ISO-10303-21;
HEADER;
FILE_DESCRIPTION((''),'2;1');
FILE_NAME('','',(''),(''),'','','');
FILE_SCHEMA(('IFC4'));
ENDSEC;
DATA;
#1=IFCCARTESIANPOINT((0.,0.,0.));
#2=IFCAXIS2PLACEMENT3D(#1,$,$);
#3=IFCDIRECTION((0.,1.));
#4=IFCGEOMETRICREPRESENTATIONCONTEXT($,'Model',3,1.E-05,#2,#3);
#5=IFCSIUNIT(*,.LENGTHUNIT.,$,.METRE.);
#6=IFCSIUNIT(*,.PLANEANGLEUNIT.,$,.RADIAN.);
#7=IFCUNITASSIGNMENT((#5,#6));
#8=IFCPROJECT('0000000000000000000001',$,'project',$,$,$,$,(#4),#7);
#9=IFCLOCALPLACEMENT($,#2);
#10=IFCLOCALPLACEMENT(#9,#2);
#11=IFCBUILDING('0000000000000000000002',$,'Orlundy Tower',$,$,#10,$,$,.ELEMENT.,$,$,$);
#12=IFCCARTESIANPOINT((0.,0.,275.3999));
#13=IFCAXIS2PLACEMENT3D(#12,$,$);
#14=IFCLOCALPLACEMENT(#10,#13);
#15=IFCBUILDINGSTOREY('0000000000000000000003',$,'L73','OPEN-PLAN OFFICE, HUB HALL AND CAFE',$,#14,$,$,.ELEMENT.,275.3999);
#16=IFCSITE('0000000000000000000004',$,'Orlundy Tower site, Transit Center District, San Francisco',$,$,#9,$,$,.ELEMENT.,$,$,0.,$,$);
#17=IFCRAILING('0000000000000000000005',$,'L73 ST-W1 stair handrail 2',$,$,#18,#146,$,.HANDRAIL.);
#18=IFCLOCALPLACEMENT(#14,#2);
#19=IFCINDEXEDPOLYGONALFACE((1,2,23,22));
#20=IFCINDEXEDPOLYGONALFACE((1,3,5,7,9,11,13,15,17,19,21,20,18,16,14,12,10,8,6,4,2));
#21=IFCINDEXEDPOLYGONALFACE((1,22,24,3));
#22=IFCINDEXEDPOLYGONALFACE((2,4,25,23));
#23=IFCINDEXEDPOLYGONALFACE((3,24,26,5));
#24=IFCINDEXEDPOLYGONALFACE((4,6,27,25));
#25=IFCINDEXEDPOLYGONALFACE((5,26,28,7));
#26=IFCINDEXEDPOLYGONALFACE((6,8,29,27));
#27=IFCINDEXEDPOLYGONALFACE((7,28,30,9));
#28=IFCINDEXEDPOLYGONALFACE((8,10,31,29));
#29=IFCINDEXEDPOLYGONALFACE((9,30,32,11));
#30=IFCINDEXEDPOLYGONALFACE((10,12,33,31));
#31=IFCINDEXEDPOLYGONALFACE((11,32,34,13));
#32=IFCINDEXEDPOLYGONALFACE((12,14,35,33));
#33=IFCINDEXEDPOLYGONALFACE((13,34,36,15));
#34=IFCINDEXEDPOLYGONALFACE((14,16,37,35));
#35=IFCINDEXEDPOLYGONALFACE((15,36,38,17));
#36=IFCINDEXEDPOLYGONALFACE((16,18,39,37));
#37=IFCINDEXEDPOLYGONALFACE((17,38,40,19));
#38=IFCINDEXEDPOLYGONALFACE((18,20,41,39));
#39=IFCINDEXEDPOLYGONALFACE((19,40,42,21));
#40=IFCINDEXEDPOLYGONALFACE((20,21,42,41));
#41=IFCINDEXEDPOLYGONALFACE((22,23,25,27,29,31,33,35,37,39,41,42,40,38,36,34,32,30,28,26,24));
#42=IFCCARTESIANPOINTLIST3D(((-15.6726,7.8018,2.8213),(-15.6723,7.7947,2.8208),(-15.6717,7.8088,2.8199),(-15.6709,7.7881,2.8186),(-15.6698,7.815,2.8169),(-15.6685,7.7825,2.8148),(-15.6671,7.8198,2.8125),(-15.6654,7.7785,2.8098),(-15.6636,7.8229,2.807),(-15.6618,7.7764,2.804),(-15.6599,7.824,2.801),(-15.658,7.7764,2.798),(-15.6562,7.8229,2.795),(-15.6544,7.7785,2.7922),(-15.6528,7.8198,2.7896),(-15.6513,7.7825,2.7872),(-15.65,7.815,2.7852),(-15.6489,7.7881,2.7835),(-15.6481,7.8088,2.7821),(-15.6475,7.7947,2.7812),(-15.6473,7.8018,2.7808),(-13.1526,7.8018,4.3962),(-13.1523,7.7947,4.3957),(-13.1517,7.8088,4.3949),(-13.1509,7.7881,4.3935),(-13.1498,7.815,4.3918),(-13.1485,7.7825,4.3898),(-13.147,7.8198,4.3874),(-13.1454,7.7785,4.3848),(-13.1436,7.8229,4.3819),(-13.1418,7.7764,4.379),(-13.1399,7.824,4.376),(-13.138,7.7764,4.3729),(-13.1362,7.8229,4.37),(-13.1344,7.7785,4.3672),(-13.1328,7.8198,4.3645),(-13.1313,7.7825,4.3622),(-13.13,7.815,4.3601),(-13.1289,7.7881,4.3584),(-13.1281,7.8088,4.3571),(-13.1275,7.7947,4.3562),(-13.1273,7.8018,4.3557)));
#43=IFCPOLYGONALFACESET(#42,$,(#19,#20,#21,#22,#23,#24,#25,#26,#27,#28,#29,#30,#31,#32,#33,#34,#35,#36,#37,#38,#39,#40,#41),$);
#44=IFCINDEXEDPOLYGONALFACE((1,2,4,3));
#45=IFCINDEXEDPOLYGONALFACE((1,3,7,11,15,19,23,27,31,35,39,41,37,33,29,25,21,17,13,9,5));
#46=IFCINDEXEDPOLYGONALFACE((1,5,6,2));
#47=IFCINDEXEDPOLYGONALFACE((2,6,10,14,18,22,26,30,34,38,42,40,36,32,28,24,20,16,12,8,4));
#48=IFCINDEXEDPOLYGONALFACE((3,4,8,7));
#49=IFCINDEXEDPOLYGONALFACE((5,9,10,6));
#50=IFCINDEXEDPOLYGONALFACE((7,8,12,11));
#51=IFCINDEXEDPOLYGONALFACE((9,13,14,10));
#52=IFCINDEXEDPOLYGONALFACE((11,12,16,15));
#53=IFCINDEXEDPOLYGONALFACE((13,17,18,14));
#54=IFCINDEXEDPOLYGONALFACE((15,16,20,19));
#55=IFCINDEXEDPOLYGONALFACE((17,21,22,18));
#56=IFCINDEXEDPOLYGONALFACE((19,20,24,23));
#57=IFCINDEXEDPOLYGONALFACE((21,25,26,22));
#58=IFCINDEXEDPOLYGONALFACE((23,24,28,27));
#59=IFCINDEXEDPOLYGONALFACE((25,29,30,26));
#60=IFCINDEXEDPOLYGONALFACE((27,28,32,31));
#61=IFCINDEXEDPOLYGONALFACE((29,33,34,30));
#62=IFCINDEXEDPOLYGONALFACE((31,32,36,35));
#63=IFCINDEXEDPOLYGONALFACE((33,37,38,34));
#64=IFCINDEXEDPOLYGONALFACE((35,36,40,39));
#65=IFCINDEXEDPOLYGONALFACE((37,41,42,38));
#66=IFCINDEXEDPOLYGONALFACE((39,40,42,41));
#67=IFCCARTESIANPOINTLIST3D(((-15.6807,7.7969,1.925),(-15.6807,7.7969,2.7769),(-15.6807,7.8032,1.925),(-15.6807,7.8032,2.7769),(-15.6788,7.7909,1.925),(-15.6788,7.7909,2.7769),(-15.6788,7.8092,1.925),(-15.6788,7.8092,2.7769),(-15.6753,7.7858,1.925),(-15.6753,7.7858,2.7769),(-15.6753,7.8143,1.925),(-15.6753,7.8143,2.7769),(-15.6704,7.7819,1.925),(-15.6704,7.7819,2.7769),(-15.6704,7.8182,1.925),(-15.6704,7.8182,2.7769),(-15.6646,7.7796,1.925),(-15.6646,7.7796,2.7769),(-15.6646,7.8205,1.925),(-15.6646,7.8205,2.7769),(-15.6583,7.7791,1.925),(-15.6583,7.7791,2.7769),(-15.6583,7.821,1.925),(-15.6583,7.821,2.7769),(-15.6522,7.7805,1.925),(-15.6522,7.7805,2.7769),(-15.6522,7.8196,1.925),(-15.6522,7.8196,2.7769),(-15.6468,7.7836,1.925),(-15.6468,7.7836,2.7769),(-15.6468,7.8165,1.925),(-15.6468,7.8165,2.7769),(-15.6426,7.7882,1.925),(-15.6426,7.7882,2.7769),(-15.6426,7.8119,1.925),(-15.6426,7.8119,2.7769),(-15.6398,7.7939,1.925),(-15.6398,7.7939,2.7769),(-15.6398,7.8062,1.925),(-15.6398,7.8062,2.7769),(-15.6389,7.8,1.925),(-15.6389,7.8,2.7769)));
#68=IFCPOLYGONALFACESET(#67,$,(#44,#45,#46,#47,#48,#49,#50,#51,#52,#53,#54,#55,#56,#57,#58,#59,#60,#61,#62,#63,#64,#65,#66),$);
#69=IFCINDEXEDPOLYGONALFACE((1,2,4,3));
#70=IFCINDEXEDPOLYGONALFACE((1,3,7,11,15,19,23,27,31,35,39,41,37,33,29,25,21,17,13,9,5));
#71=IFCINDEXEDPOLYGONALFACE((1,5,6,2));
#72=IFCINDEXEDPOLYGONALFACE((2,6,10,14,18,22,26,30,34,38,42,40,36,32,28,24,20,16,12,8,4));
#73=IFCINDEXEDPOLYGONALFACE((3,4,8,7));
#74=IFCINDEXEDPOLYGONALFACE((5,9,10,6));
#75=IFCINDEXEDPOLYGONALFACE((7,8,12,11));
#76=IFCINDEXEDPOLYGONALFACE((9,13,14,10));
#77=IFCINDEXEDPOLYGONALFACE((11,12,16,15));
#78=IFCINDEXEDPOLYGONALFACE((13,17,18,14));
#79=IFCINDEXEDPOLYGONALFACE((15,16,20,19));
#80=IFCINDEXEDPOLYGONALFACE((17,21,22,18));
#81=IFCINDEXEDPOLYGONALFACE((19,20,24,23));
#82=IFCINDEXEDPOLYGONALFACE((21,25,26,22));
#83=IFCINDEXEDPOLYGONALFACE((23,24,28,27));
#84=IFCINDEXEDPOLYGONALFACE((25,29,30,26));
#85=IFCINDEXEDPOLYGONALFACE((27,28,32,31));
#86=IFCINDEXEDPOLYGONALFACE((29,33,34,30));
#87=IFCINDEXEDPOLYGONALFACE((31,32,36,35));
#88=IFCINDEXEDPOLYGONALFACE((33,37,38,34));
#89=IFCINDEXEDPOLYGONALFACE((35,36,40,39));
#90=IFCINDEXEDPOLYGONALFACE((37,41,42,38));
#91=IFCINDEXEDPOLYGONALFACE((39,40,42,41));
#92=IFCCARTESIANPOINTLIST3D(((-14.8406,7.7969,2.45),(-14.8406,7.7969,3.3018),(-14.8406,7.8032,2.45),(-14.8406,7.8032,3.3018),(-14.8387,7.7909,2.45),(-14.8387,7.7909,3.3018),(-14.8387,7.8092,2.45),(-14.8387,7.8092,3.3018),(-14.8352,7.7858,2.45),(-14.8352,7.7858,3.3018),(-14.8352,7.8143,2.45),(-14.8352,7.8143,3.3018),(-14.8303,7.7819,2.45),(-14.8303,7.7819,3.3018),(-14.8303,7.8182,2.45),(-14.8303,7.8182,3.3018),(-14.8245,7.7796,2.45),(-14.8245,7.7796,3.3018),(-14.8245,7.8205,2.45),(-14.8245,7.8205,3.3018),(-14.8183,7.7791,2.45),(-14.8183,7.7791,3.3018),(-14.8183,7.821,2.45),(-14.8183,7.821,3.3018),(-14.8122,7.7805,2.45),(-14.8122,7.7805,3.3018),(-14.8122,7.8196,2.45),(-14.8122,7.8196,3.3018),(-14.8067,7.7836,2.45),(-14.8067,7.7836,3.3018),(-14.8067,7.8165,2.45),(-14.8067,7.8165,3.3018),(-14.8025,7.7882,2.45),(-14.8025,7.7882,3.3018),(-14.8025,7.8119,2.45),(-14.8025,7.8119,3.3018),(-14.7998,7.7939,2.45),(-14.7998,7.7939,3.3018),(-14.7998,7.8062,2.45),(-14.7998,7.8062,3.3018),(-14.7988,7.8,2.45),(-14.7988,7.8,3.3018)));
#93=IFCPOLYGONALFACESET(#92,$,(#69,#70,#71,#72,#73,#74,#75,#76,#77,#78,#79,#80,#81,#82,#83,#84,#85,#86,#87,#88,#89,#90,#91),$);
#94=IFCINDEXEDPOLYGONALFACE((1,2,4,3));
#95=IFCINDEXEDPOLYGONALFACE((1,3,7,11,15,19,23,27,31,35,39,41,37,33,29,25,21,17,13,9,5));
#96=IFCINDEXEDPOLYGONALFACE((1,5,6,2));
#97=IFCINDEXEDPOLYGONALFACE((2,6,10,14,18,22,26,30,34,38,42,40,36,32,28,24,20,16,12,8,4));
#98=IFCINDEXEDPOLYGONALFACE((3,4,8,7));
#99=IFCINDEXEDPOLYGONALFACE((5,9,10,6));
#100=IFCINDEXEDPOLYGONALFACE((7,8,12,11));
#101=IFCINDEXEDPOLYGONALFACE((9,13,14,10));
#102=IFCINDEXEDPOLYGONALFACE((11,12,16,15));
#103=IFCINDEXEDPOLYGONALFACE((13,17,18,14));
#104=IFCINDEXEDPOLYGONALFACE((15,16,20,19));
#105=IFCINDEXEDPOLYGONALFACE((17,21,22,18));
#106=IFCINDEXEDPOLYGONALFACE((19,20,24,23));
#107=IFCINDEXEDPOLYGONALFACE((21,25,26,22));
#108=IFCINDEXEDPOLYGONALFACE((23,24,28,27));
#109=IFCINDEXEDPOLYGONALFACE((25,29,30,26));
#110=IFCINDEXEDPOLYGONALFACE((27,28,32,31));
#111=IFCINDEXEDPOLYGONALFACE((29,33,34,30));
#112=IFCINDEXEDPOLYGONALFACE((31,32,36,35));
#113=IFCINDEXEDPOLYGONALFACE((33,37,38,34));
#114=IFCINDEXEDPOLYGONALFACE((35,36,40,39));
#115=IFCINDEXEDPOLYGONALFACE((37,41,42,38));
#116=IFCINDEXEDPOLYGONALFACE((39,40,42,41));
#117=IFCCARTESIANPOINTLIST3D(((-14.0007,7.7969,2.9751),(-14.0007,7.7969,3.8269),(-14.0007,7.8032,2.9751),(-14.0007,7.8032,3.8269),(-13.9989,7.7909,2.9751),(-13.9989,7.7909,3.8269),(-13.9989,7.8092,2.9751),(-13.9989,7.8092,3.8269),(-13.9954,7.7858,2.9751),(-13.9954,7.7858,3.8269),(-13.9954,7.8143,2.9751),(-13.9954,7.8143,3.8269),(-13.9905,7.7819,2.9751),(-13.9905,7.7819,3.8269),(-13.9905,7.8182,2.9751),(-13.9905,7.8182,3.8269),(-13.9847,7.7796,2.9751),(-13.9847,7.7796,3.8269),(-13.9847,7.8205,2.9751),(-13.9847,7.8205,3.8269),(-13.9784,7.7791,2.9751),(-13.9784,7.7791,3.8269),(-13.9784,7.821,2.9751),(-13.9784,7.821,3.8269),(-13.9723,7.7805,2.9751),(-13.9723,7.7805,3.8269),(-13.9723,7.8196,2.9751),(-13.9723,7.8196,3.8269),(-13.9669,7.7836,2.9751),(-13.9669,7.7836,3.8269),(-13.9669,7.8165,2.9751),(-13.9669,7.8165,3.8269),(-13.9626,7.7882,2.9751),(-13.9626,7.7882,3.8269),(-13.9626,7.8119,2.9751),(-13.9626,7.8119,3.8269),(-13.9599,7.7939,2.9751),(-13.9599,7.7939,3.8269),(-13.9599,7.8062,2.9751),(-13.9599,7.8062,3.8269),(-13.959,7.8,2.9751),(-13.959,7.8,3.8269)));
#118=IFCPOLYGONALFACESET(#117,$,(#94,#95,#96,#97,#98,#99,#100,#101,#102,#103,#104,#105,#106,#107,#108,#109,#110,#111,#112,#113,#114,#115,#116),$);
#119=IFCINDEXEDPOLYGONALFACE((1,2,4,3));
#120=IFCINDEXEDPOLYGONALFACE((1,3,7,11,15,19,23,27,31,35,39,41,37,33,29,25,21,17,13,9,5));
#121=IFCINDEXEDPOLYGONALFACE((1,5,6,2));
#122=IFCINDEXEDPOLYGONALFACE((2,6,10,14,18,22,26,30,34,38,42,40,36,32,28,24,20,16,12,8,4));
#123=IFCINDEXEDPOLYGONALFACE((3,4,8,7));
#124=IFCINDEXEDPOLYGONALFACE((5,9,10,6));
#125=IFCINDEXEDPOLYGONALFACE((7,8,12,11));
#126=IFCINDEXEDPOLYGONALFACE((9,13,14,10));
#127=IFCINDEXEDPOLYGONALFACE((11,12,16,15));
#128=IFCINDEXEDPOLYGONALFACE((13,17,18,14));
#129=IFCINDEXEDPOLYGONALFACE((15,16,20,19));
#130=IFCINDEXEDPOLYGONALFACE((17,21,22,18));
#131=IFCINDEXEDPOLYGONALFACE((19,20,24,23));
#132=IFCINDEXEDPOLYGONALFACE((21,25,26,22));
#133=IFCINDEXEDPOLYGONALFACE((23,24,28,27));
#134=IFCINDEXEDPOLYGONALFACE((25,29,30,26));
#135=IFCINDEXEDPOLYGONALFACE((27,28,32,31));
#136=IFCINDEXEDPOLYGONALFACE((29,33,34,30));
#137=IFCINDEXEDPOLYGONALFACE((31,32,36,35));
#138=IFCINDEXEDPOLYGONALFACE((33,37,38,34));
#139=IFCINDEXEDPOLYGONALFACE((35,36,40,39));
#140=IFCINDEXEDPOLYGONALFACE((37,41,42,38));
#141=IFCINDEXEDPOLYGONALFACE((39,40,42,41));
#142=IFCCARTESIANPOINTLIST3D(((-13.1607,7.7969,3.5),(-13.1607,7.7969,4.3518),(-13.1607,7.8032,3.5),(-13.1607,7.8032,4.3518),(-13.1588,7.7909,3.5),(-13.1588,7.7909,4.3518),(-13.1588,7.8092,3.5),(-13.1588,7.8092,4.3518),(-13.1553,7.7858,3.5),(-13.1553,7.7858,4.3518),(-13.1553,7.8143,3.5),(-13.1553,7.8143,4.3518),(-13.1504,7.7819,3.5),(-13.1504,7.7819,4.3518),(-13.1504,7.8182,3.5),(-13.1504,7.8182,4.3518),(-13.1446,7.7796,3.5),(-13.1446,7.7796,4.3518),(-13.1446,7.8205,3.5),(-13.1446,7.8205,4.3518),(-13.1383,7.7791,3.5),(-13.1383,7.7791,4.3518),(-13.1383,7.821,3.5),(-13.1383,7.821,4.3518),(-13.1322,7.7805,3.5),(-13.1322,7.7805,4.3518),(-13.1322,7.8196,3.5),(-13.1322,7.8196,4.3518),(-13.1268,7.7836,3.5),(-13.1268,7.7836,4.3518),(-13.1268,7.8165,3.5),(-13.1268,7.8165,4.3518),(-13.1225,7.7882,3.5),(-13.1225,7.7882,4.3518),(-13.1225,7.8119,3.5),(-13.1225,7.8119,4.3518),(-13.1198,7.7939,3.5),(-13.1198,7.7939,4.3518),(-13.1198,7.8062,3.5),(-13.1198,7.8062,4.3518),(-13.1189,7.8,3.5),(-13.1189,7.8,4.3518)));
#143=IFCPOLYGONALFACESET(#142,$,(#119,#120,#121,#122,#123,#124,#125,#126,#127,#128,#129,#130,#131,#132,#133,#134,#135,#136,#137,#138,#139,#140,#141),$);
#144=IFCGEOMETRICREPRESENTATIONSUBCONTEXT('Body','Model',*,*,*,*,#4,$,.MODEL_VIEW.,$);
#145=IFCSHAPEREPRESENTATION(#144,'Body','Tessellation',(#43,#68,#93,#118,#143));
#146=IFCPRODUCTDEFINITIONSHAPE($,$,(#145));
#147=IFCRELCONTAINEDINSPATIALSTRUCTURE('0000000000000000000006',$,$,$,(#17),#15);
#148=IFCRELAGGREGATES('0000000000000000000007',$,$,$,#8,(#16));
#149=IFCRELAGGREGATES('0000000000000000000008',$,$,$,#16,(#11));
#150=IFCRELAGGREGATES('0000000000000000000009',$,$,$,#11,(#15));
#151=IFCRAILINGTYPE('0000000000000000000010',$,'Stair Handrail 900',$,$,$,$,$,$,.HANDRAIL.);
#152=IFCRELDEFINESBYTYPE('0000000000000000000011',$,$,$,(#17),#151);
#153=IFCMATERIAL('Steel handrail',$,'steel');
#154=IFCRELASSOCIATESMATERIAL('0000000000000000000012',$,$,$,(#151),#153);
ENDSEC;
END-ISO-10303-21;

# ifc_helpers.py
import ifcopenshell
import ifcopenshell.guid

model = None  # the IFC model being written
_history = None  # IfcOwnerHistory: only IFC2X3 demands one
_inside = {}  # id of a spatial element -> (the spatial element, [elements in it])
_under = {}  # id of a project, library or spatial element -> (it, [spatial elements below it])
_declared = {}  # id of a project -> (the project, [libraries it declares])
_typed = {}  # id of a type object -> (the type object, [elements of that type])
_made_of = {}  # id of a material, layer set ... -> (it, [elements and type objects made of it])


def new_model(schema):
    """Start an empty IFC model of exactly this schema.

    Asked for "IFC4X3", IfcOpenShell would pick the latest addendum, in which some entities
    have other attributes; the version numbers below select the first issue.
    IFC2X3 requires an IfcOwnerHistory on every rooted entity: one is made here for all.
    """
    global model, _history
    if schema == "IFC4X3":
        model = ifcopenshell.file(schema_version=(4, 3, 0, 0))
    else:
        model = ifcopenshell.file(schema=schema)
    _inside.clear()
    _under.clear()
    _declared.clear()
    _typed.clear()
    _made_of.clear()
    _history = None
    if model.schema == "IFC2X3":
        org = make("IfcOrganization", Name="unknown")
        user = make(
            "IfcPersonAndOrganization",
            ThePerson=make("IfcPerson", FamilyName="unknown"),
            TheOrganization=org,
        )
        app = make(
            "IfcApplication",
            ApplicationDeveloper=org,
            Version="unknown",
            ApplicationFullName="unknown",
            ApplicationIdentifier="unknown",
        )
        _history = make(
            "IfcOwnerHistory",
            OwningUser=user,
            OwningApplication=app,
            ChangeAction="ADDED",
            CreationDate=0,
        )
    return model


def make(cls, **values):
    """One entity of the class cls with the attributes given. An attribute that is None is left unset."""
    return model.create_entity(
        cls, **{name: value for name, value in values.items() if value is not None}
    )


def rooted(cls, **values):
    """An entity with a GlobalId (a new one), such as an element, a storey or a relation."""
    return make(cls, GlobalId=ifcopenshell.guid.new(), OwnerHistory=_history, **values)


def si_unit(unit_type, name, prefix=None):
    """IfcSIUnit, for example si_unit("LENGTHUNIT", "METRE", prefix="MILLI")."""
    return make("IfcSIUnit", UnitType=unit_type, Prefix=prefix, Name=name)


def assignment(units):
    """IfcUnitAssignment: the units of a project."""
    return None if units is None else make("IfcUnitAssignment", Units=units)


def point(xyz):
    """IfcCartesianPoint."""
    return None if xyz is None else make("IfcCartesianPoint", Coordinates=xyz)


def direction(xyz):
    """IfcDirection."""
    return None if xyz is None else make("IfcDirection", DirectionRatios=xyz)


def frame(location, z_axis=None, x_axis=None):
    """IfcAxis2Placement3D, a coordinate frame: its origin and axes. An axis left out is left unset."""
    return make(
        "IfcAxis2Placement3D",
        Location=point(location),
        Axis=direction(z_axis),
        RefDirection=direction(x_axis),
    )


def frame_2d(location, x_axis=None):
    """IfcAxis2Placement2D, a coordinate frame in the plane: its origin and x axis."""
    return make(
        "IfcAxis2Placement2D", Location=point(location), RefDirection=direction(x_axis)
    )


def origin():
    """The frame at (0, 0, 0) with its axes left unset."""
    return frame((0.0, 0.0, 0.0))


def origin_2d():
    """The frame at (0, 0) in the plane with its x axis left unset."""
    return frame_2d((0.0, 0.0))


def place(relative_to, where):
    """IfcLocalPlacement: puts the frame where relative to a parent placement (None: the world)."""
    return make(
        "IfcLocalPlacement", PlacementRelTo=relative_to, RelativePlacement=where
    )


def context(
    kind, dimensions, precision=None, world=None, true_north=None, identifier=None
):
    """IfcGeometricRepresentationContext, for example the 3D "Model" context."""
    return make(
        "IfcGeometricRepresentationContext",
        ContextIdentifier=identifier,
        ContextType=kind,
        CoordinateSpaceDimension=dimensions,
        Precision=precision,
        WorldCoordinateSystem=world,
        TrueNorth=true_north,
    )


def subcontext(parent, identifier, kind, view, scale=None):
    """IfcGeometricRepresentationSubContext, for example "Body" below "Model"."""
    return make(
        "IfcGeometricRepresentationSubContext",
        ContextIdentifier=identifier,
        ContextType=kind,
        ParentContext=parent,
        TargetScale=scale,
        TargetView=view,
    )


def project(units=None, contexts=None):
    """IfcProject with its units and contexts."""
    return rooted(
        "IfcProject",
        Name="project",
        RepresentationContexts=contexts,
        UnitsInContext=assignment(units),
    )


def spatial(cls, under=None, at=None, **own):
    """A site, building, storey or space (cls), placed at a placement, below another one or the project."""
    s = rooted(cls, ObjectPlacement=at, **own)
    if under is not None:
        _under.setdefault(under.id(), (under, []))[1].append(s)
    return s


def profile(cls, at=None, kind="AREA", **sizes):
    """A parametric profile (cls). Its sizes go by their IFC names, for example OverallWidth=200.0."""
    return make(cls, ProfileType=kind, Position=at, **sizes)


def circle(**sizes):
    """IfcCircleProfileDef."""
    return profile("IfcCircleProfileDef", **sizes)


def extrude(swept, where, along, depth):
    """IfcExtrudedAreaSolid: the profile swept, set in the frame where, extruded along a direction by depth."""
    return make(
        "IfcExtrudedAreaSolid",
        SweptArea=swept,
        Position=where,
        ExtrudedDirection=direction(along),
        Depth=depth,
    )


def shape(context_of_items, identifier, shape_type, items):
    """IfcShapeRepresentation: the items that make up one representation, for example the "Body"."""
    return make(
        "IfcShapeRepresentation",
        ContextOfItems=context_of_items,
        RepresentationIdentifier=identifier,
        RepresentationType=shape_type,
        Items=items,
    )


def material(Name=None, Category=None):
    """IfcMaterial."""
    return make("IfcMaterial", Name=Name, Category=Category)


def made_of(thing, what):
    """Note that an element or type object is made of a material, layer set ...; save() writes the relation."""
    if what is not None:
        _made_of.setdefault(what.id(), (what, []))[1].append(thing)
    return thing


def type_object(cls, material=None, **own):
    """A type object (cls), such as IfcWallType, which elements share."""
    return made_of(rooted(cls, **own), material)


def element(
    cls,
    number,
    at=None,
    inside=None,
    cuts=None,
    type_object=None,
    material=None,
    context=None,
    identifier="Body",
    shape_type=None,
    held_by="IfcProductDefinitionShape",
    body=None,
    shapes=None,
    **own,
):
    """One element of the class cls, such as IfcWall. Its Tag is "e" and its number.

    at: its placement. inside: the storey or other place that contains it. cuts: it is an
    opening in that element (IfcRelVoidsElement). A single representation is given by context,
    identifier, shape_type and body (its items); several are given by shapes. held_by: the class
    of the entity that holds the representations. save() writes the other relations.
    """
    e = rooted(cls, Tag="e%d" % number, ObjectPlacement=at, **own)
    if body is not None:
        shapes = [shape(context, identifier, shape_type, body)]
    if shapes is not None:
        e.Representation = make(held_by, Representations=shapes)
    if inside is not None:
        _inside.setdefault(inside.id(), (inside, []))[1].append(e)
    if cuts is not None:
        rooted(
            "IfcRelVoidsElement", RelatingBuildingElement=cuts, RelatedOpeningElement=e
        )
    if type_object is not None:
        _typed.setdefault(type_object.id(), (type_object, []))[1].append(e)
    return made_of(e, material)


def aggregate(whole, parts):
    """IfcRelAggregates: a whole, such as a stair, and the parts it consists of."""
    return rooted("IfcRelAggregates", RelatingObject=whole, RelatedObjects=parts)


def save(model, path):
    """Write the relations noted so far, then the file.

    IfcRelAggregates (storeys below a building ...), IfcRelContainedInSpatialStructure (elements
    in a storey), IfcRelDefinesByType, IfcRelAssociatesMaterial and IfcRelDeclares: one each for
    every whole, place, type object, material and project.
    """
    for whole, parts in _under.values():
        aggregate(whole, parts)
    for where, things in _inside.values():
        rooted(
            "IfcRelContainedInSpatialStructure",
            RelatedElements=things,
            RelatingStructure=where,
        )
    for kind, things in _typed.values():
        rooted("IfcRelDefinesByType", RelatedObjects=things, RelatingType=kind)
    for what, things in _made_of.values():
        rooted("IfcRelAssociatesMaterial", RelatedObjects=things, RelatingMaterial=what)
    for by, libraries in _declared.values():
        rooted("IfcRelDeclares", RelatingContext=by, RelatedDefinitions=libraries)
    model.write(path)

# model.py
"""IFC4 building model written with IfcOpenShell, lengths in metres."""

from ifc_helpers import new_model, si_unit, direction, frame, origin, origin_2d, place, context, subcontext, project, spatial, circle, extrude, material, type_object, element, save


model = new_model("IFC4")

# Units and contexts
model_context = context("Model", 3, precision=1e-05, world=origin(), true_north=direction((0.0, 1.0)))
body_context = subcontext(model_context, "Body", "Model", "MODEL_VIEW")
ifc_project = project(units=[si_unit("LENGTHUNIT", "METRE"), si_unit("PLANEANGLEUNIT", "RADIAN")], contexts=[model_context])

# Site, building, storey
site_placement = place(None, origin())
site = spatial("IfcSite", under=ifc_project, at=site_placement, Name="Orlundy Tower site, Transit Center District, San Francisco", CompositionType="ELEMENT", RefElevation=0.0)
building_placement = place(site_placement, origin())
building = spatial("IfcBuilding", under=site, at=building_placement, Name="Orlundy Tower", CompositionType="ELEMENT")
storey_placement = place(building_placement, frame((0.0, 0.0, 275.3999)))
storey = spatial("IfcBuildingStorey", under=building, at=storey_placement, Name="L73", Description="OPEN-PLAN OFFICE, HUB HALL AND CAFE", CompositionType="ELEMENT", Elevation=275.3999)

# Railing
ifc_material_1 = material(Name="Steel handrail", Category="steel")
railing_type_1 = type_object("IfcRailingType", Name="Stair Handrail 900", PredefinedType="HANDRAIL", material=ifc_material_1)
railing_1_placement = place(storey_placement, frame((-15.6599, 7.8, 1.925)))
element("IfcRailing", 1, at=railing_1_placement, inside=storey, type_object=railing_type_1, Name="L73 ST-W1 stair handrail 2", PredefinedType="HANDRAIL", context=body_context, shape_type="SweptSolid", body=[
    extrude(circle(Radius=0.0239, at=origin_2d()), frame((0.0, 0.0, 0.876), z_axis=(0.848008, 0.0, 0.529984), x_axis=(0.0, 1.0, 0.0)), (0.0, 0.0, 1.0), 2.9717),
    extrude(circle(Radius=0.021, at=origin_2d()), origin(), (0.0, 0.0, 1.0), 0.8518),
    extrude(circle(Radius=0.021, at=origin_2d()), frame((0.8401, 0.0, 0.5249)), (0.0, 0.0, 1.0), 0.8518),
    extrude(circle(Radius=0.021, at=origin_2d()), frame((1.6799, 0.0, 1.05)), (0.0, 0.0, 1.0), 0.8518),
    extrude(circle(Radius=0.021, at=origin_2d()), frame((2.52, 0.0, 1.575)), (0.0, 0.0, 1.0), 0.8518),
])

save(model, "model.ifc")
